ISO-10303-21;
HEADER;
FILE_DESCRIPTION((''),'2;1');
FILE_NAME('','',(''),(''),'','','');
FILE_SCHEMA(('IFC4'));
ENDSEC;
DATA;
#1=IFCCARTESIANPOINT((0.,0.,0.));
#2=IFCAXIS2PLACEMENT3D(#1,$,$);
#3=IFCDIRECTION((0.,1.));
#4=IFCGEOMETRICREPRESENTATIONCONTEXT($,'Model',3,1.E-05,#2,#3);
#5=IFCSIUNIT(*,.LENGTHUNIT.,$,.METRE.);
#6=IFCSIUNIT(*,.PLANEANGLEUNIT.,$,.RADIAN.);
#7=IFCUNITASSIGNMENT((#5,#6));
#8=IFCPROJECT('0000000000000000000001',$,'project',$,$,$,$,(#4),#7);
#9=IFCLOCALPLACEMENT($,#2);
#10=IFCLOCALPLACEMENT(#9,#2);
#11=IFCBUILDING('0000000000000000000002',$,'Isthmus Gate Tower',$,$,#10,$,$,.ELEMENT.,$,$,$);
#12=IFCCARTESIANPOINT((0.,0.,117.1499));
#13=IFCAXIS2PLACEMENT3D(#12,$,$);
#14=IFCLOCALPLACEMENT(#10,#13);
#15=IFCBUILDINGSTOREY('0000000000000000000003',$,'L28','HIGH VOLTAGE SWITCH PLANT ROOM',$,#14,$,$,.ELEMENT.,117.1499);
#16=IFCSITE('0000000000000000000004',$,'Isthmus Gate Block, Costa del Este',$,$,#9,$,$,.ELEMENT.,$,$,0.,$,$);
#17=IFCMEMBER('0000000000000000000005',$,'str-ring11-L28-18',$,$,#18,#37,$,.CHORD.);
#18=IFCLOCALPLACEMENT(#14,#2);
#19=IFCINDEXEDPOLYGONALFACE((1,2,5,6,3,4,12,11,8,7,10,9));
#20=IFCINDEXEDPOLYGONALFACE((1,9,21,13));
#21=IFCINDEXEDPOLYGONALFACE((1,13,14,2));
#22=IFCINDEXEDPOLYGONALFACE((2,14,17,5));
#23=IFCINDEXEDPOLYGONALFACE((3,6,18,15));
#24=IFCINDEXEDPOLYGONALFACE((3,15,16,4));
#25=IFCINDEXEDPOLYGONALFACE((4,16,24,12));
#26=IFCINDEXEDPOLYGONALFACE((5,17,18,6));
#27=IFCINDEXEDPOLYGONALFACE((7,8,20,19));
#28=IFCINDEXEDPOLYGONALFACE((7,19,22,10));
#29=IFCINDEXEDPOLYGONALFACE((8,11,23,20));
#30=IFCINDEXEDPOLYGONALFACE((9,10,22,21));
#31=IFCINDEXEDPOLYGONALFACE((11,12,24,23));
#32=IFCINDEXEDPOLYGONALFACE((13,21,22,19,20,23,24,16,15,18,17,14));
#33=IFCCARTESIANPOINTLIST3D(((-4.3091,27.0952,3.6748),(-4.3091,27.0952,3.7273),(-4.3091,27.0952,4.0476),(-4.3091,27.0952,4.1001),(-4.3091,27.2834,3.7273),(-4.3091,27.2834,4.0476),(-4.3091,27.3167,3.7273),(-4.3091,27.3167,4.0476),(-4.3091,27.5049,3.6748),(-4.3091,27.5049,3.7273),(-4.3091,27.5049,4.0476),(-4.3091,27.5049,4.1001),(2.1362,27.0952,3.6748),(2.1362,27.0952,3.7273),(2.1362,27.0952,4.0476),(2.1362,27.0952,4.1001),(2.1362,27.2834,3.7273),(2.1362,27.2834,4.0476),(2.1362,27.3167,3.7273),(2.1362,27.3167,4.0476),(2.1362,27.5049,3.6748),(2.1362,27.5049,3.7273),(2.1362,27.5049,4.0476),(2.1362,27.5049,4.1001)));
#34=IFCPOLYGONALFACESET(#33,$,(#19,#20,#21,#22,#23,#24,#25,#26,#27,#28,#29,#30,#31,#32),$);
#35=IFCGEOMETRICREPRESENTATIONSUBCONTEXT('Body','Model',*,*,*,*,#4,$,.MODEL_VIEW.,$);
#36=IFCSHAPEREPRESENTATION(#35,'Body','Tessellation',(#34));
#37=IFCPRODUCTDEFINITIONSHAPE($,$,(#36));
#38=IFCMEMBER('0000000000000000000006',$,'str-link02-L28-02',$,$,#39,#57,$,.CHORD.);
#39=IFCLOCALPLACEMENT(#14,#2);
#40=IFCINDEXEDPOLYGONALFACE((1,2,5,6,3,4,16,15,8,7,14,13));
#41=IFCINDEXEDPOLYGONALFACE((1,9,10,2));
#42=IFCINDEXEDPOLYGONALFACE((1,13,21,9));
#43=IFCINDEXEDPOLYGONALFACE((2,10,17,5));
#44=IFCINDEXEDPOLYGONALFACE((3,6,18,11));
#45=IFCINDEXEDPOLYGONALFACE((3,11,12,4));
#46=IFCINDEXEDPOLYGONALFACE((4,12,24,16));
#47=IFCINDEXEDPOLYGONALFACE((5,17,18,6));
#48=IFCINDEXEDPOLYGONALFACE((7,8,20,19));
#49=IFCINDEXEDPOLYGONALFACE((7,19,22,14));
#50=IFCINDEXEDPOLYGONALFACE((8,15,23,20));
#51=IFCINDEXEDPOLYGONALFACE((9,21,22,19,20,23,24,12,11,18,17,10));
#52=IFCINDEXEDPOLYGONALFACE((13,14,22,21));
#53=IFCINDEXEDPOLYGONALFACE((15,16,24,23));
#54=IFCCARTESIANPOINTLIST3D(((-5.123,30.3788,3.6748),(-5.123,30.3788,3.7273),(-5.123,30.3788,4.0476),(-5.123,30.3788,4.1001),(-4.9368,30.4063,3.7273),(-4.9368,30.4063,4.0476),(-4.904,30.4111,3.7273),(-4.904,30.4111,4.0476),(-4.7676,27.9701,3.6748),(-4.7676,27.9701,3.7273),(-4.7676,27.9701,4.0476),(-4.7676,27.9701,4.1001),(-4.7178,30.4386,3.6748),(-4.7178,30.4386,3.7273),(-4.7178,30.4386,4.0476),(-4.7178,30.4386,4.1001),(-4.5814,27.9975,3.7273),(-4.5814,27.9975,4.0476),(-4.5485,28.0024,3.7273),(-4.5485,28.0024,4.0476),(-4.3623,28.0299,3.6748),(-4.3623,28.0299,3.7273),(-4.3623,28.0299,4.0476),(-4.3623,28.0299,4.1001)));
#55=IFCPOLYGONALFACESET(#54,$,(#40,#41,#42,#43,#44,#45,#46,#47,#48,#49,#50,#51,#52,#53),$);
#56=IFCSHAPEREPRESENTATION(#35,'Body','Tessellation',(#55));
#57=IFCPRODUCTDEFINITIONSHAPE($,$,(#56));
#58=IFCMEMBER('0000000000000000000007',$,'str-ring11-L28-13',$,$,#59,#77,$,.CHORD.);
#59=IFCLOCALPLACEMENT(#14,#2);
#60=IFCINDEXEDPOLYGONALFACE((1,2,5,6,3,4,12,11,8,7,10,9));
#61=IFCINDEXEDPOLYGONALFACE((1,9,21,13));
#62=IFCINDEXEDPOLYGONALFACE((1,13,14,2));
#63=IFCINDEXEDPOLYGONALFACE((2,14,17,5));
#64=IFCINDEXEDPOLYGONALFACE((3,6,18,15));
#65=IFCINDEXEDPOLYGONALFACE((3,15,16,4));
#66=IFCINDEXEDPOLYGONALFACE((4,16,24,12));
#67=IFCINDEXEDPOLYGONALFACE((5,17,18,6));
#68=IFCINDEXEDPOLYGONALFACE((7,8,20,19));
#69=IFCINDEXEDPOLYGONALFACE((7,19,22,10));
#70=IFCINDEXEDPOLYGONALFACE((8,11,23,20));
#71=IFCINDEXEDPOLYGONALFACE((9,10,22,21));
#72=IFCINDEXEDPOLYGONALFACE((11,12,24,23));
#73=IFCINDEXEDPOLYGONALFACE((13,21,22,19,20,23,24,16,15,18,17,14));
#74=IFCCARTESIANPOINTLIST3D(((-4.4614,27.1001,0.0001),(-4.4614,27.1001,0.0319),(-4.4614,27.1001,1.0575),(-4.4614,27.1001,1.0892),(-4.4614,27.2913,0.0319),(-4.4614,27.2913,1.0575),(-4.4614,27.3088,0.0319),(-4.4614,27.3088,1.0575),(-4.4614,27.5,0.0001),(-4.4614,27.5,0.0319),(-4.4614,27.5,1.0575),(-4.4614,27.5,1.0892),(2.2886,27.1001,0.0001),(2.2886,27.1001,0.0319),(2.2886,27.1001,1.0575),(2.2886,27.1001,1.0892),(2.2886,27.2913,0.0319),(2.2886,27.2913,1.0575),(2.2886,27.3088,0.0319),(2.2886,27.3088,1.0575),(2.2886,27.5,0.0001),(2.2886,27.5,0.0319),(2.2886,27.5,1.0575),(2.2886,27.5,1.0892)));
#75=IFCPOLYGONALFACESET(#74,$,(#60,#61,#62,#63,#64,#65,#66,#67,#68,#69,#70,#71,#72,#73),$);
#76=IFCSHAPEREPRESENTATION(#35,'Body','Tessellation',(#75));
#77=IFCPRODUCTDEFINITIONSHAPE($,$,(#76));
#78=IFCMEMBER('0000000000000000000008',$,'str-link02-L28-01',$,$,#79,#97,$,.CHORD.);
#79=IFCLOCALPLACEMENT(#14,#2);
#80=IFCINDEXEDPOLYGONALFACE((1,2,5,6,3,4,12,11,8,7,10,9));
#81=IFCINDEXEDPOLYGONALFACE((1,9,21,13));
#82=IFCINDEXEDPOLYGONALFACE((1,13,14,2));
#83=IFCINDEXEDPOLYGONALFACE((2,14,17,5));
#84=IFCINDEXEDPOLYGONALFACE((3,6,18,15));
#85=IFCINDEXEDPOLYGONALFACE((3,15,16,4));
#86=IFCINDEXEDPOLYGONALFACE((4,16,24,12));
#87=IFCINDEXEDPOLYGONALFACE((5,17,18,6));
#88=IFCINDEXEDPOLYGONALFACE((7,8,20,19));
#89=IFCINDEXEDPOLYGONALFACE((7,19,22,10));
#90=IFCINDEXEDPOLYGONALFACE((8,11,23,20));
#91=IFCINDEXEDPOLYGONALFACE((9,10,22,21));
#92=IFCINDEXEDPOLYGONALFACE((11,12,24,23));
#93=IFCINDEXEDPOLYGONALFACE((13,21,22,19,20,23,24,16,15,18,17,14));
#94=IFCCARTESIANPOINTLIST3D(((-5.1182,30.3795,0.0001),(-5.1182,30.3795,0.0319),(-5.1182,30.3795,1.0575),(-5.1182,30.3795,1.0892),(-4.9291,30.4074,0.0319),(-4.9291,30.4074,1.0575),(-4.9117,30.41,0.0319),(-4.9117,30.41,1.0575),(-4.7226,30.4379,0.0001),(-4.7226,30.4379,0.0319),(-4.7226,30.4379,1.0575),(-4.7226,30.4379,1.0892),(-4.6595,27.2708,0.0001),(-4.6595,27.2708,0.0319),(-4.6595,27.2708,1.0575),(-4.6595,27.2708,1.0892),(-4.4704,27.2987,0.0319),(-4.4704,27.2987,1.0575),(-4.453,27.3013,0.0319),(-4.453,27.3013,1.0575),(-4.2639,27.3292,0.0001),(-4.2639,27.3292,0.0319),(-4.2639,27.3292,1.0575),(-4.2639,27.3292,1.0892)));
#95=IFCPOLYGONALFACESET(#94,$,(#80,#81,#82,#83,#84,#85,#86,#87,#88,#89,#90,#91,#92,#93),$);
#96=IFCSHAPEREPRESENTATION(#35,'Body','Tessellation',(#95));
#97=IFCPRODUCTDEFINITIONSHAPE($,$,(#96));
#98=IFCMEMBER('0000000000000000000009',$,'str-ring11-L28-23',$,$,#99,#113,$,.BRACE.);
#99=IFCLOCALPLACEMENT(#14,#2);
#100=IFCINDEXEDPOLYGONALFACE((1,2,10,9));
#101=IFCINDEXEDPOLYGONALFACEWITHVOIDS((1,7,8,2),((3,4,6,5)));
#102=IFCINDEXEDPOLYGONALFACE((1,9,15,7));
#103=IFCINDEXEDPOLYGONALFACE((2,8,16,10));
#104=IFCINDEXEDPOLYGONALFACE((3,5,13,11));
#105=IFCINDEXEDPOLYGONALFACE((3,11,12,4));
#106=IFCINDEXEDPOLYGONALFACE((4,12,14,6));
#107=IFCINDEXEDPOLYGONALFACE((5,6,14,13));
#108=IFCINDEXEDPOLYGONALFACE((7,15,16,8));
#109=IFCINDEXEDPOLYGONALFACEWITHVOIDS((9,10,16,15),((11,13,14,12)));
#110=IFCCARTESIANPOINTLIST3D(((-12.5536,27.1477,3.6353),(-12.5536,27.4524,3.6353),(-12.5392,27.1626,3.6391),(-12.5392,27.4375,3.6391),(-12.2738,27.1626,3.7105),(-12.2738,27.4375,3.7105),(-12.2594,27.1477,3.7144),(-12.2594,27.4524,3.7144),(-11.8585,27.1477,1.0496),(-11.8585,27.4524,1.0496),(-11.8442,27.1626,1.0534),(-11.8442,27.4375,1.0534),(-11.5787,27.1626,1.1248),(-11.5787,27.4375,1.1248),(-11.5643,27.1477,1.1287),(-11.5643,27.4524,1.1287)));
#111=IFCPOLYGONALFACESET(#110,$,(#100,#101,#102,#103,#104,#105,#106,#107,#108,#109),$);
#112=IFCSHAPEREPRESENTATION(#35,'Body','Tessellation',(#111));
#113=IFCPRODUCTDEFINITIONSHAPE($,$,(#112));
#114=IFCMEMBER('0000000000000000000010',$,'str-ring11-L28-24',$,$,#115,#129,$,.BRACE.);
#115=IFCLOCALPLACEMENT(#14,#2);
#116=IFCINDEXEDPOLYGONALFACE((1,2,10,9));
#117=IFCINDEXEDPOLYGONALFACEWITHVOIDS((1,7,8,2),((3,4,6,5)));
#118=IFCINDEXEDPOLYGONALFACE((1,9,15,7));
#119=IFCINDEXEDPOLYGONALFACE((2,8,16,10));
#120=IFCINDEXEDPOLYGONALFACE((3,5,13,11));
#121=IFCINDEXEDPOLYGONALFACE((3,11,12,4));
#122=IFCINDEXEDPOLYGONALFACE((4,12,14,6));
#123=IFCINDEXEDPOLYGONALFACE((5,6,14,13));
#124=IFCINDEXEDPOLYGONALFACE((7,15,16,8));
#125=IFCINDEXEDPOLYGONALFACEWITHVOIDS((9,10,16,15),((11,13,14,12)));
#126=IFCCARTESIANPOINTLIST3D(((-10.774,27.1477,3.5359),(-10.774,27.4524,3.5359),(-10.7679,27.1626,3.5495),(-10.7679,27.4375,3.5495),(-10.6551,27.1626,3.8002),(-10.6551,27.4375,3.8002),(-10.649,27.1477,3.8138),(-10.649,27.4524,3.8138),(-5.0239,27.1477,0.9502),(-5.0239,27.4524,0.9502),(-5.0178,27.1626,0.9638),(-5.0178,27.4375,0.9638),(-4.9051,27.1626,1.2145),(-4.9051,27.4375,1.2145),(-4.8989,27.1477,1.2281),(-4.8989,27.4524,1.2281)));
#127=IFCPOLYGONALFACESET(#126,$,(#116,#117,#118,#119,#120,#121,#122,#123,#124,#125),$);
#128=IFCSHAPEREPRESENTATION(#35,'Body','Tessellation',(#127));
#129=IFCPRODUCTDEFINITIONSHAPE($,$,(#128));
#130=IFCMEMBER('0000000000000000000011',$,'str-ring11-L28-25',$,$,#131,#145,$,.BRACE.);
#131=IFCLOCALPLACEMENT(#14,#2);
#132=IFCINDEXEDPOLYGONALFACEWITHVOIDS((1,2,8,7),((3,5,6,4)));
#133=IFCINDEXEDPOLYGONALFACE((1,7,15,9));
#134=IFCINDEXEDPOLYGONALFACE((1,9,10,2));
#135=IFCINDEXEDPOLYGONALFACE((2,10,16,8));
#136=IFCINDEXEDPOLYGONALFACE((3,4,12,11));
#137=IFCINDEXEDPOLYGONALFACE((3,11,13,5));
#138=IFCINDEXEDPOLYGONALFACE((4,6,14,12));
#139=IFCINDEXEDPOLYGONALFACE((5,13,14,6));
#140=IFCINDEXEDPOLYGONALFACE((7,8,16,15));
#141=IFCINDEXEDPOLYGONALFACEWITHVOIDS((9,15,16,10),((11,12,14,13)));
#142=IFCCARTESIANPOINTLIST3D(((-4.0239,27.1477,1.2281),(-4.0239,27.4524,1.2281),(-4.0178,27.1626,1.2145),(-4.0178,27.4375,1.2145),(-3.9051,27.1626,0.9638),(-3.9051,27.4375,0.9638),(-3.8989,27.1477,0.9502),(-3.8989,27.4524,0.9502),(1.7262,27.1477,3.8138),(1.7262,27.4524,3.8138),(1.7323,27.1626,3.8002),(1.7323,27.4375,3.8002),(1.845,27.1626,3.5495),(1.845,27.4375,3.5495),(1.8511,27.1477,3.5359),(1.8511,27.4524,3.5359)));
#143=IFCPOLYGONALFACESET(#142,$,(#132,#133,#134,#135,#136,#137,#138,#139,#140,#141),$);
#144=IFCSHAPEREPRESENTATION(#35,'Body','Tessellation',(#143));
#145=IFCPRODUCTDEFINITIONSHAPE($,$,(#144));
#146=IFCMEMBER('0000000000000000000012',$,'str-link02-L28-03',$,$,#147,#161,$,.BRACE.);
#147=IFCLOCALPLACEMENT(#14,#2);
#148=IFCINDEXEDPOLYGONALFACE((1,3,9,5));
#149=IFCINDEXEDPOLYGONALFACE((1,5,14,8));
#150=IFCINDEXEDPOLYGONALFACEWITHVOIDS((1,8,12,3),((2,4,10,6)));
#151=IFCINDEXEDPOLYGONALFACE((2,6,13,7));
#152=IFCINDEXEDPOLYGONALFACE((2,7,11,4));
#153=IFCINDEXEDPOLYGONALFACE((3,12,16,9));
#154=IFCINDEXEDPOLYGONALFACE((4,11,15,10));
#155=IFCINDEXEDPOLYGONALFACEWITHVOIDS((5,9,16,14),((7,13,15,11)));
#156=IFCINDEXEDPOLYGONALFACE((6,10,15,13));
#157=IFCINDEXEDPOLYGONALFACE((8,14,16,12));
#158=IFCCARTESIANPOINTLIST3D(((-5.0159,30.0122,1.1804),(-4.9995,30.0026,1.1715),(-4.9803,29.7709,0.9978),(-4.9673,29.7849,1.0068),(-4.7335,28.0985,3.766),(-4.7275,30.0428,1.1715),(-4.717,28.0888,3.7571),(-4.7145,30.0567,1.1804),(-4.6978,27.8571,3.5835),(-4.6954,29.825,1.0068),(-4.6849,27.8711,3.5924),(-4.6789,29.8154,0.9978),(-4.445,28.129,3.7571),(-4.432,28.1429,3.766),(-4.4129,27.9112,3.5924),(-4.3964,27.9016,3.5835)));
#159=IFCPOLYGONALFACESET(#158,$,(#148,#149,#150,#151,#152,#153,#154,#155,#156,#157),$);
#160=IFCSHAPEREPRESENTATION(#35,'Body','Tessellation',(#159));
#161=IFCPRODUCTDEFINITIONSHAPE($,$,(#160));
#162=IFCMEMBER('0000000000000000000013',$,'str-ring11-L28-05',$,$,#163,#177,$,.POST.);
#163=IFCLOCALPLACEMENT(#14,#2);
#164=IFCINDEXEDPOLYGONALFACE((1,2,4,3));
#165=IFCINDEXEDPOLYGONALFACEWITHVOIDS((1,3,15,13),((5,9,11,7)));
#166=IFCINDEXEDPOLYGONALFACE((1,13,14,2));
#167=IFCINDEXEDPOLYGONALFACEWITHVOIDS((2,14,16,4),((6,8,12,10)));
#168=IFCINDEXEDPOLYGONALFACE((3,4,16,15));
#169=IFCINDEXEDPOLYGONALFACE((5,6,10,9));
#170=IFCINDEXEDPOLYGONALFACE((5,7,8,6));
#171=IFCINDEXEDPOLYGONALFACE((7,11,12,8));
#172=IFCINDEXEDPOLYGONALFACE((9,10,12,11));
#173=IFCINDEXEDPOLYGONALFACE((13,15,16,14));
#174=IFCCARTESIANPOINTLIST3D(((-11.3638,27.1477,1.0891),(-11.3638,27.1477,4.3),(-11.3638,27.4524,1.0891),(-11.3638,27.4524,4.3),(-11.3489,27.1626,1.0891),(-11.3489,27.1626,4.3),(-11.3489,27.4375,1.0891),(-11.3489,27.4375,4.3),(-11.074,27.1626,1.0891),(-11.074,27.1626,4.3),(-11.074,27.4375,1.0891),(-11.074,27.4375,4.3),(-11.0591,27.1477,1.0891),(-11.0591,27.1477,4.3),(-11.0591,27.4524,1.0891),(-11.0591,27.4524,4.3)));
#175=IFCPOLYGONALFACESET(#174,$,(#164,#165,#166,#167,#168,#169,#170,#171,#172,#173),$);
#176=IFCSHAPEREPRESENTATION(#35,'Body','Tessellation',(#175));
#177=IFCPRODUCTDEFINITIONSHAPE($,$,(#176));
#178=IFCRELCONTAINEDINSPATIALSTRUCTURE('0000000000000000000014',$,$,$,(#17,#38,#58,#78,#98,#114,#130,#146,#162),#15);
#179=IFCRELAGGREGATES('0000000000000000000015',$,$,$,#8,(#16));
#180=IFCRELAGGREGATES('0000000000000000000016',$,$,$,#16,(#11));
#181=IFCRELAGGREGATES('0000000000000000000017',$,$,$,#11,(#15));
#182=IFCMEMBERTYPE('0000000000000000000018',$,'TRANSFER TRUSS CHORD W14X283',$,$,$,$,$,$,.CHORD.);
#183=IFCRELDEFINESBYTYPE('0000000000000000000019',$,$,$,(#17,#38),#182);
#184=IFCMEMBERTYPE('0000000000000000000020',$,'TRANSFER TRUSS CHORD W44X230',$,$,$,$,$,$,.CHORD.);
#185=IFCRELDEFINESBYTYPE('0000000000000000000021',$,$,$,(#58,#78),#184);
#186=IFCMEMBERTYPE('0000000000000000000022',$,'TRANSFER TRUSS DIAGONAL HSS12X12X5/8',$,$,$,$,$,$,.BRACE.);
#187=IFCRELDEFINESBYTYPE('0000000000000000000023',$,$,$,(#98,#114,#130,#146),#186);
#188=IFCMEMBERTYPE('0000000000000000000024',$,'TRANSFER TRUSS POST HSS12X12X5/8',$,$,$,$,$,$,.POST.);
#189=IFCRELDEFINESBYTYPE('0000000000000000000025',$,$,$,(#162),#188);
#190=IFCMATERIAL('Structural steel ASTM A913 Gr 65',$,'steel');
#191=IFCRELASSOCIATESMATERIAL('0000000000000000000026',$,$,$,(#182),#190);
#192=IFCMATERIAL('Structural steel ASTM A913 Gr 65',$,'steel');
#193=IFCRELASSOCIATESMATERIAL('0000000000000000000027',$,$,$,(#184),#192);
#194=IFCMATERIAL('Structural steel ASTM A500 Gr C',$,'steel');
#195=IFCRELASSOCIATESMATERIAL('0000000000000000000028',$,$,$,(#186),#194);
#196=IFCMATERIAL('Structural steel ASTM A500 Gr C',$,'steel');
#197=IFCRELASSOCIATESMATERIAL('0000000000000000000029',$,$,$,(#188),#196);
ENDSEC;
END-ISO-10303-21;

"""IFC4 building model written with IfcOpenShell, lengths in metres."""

from ifc_helpers import new_model, si_unit, direction, frame, origin, origin_2d, place, context, subcontext, project, spatial, hollow_rectangle, i_section, extrude, material, material_profile, profile_set, type_object, element, save


model = new_model("IFC4")

# Units and contexts
model_context = context("Model", 3, precision=1e-05, world=origin(), true_north=direction((0.0, 1.0)))
body_context = subcontext(model_context, "Body", "Model", "MODEL_VIEW")
ifc_project = project(units=[si_unit("LENGTHUNIT", "METRE"), si_unit("PLANEANGLEUNIT", "RADIAN")], contexts=[model_context])

# Site, building, storey
site_placement = place(None, origin())
site = spatial("IfcSite", under=ifc_project, at=site_placement, Name="Isthmus Gate Block, Costa del Este", CompositionType="ELEMENT", RefElevation=0.0)
building_placement = place(site_placement, origin())
building = spatial("IfcBuilding", under=site, at=building_placement, Name="Isthmus Gate Tower", CompositionType="ELEMENT")
storey_placement = place(building_placement, frame((0.0, 0.0, 117.1499)))
storey = spatial("IfcBuildingStorey", under=building, at=storey_placement, Name="L28", Description="HIGH VOLTAGE SWITCH PLANT ROOM", CompositionType="ELEMENT", Elevation=117.1499)

# Members
ifc_material_1 = material(Name="Structural steel ASTM A913 Gr 65", Category="steel")
ifc_material_profile_1 = material_profile(ifc_material_1, i_section(OverallWidth=0.4097, OverallDepth=0.4253, WebThickness=0.0332, FlangeThickness=0.0525, at=origin_2d()), Name="W14X283")
ifc_profile_set_1 = profile_set([ifc_material_profile_1], Name="Structural steel ASTM A913 Gr 65")
member_type_1 = type_object("IfcMemberType", Name="TRANSFER TRUSS CHORD W14X283", PredefinedType="CHORD", material=ifc_profile_set_1)
for number, where, z_axis, x_axis, name in (
    (1, (-4.3091, 27.3, 3.8875), (1.0, 0.0, 0.0), (0.0, 1.0, 0.0), "str-ring11-L28-18"),
):
    element("IfcMember", number, at=place(storey_placement, frame(where, z_axis=z_axis, x_axis=x_axis)), inside=storey, type_object=member_type_1, Name=name, PredefinedType="CHORD", context=body_context, shape_type="SweptSolid", body=[
        extrude(i_section(OverallWidth=0.4097, OverallDepth=0.4253, WebThickness=0.0332, FlangeThickness=0.0525, at=origin_2d()), origin(), (0.0, 0.0, 1.0), 6.4453),
    ])
member_1_placement = place(storey_placement, frame((-4.9204, 30.4087, 3.8875), z_axis=(0.145996, -0.989285, 0.0), x_axis=(0.989285, 0.145996, 0.0)))
element("IfcMember", 2, at=member_1_placement, inside=storey, type_object=member_type_1, Name="str-link02-L28-02", PredefinedType="CHORD", context=body_context, shape_type="SweptSolid", body=[
    extrude(i_section(OverallWidth=0.4097, OverallDepth=0.4253, WebThickness=0.0332, FlangeThickness=0.0525, at=origin_2d()), origin(), (0.0, 0.0, 1.0), 2.4348),
])
ifc_material_2 = material(Name="Structural steel ASTM A913 Gr 65", Category="steel")
ifc_material_profile_2 = material_profile(ifc_material_2, i_section(OverallWidth=0.3999, OverallDepth=1.0891, WebThickness=0.0176, FlangeThickness=0.0317, at=origin_2d()), Name="W44X230")
ifc_profile_set_2 = profile_set([ifc_material_profile_2], Name="Structural steel ASTM A913 Gr 65")
member_type_2 = type_object("IfcMemberType", Name="TRANSFER TRUSS CHORD W44X230", PredefinedType="CHORD", material=ifc_profile_set_2)
member_2_placement = place(storey_placement, frame((-4.4614, 27.3, 0.5447), z_axis=(1.0, 0.0, 0.0), x_axis=(0.0, 1.0, 0.0)))
element("IfcMember", 3, at=member_2_placement, inside=storey, type_object=member_type_2, Name="str-ring11-L28-13", PredefinedType="CHORD", context=body_context, shape_type="SweptSolid", body=[
    extrude(i_section(OverallWidth=0.3999, OverallDepth=1.0891, WebThickness=0.0176, FlangeThickness=0.0317, at=origin_2d()), origin(), (0.0, 0.0, 1.0), 6.75),
])
member_3_placement = place(storey_placement, frame((-4.9204, 30.4087, 0.5447), z_axis=(0.145988, -0.989286, 0.0), x_axis=(0.989286, 0.145988, 0.0)))
element("IfcMember", 4, at=member_3_placement, inside=storey, type_object=member_type_2, Name="str-link02-L28-01", PredefinedType="CHORD", context=body_context, shape_type="SweptSolid", body=[
    extrude(i_section(OverallWidth=0.3999, OverallDepth=1.0891, WebThickness=0.0176, FlangeThickness=0.0317, at=origin_2d()), origin(), (0.0, 0.0, 1.0), 3.1423),
])
ifc_material_3 = material(Name="Structural steel ASTM A500 Gr C", Category="steel")
ifc_material_profile_3 = material_profile(ifc_material_3, hollow_rectangle(XDim=0.3047, YDim=0.3047, WallThickness=0.0149, at=origin_2d()), Name="HSS12X12X5/8")
ifc_profile_set_3 = profile_set([ifc_material_profile_3], Name="Structural steel ASTM A500 Gr C")
member_type_3 = type_object("IfcMemberType", Name="TRANSFER TRUSS DIAGONAL HSS12X12X5/8", PredefinedType="BRACE", material=ifc_profile_set_3)
member_4_placement = place(storey_placement, frame((-11.7114, 27.3, 1.0891), z_axis=(-0.259597, 0.0, 0.965717), x_axis=(0.0, -1.0, 0.0)))
element("IfcMember", 5, at=member_4_placement, inside=storey, type_object=member_type_3, Name="str-ring11-L28-23", PredefinedType="BRACE", context=body_context, shape_type="SweptSolid", body=[
    extrude(hollow_rectangle(XDim=0.3047, YDim=0.3047, WallThickness=0.0149, at=origin_2d()), origin(), (0.0, 0.0, 1.0), 2.6775),
])
for number, where, z_axis, x_axis, name in (
    (6, (-4.9614, 27.3, 1.0891), (-0.912029, 0.0, 0.410126), (0.0, -1.0, 0.0), "str-ring11-L28-24"),
    (7, (-3.9614, 27.3, 1.0891), (0.912029, 0.0, 0.410126), (0.0, 1.0, 0.0), "str-ring11-L28-25"),
):
    element("IfcMember", number, at=place(storey_placement, frame(where, z_axis=z_axis, x_axis=x_axis)), inside=storey, type_object=member_type_3, Name=name, PredefinedType="BRACE", context=body_context, shape_type="SweptSolid", body=[
        extrude(hollow_rectangle(XDim=0.3047, YDim=0.3047, WallThickness=0.0149, at=origin_2d()), origin(), (0.0, 0.0, 1.0), 6.3047),
    ])
member_5_placement = place(storey_placement, frame((-4.8474, 29.9138, 1.0891), z_axis=(0.087472, -0.592644, 0.800701), x_axis=(0.989283, 0.146014, 0.0)))
element("IfcMember", 8, at=member_5_placement, inside=storey, type_object=member_type_3, Name="str-link02-L28-03", PredefinedType="BRACE", context=body_context, shape_type="SweptSolid", body=[
    extrude(hollow_rectangle(XDim=0.3047, YDim=0.3047, WallThickness=0.0149, at=origin_2d()), origin(), (0.0, 0.0, 1.0), 3.2292),
])
ifc_material_4 = material(Name="Structural steel ASTM A500 Gr C", Category="steel")
ifc_material_profile_4 = material_profile(ifc_material_4, hollow_rectangle(XDim=0.3047, YDim=0.3047, WallThickness=0.0149, at=origin_2d()), Name="HSS12X12X5/8")
ifc_profile_set_4 = profile_set([ifc_material_profile_4], Name="Structural steel ASTM A500 Gr C")
member_type_4 = type_object("IfcMemberType", Name="TRANSFER TRUSS POST HSS12X12X5/8", PredefinedType="POST", material=ifc_profile_set_4)
for number, where, z_axis, x_axis, name in (
    (9, (-11.2114, 27.3, 1.0891), (0.0, 0.0, 1.0), (1.0, 0.0, 0.0), "str-ring11-L28-05"),
):
    element("IfcMember", number, at=place(storey_placement, frame(where, z_axis=z_axis, x_axis=x_axis)), inside=storey, type_object=member_type_4, Name=name, PredefinedType="POST", context=body_context, shape_type="SweptSolid", body=[
        extrude(hollow_rectangle(XDim=0.3047, YDim=0.3047, WallThickness=0.0149, at=origin_2d()), origin(), (0.0, 0.0, 1.0), 3.2109),
    ])

save(model, "model.ifc")
